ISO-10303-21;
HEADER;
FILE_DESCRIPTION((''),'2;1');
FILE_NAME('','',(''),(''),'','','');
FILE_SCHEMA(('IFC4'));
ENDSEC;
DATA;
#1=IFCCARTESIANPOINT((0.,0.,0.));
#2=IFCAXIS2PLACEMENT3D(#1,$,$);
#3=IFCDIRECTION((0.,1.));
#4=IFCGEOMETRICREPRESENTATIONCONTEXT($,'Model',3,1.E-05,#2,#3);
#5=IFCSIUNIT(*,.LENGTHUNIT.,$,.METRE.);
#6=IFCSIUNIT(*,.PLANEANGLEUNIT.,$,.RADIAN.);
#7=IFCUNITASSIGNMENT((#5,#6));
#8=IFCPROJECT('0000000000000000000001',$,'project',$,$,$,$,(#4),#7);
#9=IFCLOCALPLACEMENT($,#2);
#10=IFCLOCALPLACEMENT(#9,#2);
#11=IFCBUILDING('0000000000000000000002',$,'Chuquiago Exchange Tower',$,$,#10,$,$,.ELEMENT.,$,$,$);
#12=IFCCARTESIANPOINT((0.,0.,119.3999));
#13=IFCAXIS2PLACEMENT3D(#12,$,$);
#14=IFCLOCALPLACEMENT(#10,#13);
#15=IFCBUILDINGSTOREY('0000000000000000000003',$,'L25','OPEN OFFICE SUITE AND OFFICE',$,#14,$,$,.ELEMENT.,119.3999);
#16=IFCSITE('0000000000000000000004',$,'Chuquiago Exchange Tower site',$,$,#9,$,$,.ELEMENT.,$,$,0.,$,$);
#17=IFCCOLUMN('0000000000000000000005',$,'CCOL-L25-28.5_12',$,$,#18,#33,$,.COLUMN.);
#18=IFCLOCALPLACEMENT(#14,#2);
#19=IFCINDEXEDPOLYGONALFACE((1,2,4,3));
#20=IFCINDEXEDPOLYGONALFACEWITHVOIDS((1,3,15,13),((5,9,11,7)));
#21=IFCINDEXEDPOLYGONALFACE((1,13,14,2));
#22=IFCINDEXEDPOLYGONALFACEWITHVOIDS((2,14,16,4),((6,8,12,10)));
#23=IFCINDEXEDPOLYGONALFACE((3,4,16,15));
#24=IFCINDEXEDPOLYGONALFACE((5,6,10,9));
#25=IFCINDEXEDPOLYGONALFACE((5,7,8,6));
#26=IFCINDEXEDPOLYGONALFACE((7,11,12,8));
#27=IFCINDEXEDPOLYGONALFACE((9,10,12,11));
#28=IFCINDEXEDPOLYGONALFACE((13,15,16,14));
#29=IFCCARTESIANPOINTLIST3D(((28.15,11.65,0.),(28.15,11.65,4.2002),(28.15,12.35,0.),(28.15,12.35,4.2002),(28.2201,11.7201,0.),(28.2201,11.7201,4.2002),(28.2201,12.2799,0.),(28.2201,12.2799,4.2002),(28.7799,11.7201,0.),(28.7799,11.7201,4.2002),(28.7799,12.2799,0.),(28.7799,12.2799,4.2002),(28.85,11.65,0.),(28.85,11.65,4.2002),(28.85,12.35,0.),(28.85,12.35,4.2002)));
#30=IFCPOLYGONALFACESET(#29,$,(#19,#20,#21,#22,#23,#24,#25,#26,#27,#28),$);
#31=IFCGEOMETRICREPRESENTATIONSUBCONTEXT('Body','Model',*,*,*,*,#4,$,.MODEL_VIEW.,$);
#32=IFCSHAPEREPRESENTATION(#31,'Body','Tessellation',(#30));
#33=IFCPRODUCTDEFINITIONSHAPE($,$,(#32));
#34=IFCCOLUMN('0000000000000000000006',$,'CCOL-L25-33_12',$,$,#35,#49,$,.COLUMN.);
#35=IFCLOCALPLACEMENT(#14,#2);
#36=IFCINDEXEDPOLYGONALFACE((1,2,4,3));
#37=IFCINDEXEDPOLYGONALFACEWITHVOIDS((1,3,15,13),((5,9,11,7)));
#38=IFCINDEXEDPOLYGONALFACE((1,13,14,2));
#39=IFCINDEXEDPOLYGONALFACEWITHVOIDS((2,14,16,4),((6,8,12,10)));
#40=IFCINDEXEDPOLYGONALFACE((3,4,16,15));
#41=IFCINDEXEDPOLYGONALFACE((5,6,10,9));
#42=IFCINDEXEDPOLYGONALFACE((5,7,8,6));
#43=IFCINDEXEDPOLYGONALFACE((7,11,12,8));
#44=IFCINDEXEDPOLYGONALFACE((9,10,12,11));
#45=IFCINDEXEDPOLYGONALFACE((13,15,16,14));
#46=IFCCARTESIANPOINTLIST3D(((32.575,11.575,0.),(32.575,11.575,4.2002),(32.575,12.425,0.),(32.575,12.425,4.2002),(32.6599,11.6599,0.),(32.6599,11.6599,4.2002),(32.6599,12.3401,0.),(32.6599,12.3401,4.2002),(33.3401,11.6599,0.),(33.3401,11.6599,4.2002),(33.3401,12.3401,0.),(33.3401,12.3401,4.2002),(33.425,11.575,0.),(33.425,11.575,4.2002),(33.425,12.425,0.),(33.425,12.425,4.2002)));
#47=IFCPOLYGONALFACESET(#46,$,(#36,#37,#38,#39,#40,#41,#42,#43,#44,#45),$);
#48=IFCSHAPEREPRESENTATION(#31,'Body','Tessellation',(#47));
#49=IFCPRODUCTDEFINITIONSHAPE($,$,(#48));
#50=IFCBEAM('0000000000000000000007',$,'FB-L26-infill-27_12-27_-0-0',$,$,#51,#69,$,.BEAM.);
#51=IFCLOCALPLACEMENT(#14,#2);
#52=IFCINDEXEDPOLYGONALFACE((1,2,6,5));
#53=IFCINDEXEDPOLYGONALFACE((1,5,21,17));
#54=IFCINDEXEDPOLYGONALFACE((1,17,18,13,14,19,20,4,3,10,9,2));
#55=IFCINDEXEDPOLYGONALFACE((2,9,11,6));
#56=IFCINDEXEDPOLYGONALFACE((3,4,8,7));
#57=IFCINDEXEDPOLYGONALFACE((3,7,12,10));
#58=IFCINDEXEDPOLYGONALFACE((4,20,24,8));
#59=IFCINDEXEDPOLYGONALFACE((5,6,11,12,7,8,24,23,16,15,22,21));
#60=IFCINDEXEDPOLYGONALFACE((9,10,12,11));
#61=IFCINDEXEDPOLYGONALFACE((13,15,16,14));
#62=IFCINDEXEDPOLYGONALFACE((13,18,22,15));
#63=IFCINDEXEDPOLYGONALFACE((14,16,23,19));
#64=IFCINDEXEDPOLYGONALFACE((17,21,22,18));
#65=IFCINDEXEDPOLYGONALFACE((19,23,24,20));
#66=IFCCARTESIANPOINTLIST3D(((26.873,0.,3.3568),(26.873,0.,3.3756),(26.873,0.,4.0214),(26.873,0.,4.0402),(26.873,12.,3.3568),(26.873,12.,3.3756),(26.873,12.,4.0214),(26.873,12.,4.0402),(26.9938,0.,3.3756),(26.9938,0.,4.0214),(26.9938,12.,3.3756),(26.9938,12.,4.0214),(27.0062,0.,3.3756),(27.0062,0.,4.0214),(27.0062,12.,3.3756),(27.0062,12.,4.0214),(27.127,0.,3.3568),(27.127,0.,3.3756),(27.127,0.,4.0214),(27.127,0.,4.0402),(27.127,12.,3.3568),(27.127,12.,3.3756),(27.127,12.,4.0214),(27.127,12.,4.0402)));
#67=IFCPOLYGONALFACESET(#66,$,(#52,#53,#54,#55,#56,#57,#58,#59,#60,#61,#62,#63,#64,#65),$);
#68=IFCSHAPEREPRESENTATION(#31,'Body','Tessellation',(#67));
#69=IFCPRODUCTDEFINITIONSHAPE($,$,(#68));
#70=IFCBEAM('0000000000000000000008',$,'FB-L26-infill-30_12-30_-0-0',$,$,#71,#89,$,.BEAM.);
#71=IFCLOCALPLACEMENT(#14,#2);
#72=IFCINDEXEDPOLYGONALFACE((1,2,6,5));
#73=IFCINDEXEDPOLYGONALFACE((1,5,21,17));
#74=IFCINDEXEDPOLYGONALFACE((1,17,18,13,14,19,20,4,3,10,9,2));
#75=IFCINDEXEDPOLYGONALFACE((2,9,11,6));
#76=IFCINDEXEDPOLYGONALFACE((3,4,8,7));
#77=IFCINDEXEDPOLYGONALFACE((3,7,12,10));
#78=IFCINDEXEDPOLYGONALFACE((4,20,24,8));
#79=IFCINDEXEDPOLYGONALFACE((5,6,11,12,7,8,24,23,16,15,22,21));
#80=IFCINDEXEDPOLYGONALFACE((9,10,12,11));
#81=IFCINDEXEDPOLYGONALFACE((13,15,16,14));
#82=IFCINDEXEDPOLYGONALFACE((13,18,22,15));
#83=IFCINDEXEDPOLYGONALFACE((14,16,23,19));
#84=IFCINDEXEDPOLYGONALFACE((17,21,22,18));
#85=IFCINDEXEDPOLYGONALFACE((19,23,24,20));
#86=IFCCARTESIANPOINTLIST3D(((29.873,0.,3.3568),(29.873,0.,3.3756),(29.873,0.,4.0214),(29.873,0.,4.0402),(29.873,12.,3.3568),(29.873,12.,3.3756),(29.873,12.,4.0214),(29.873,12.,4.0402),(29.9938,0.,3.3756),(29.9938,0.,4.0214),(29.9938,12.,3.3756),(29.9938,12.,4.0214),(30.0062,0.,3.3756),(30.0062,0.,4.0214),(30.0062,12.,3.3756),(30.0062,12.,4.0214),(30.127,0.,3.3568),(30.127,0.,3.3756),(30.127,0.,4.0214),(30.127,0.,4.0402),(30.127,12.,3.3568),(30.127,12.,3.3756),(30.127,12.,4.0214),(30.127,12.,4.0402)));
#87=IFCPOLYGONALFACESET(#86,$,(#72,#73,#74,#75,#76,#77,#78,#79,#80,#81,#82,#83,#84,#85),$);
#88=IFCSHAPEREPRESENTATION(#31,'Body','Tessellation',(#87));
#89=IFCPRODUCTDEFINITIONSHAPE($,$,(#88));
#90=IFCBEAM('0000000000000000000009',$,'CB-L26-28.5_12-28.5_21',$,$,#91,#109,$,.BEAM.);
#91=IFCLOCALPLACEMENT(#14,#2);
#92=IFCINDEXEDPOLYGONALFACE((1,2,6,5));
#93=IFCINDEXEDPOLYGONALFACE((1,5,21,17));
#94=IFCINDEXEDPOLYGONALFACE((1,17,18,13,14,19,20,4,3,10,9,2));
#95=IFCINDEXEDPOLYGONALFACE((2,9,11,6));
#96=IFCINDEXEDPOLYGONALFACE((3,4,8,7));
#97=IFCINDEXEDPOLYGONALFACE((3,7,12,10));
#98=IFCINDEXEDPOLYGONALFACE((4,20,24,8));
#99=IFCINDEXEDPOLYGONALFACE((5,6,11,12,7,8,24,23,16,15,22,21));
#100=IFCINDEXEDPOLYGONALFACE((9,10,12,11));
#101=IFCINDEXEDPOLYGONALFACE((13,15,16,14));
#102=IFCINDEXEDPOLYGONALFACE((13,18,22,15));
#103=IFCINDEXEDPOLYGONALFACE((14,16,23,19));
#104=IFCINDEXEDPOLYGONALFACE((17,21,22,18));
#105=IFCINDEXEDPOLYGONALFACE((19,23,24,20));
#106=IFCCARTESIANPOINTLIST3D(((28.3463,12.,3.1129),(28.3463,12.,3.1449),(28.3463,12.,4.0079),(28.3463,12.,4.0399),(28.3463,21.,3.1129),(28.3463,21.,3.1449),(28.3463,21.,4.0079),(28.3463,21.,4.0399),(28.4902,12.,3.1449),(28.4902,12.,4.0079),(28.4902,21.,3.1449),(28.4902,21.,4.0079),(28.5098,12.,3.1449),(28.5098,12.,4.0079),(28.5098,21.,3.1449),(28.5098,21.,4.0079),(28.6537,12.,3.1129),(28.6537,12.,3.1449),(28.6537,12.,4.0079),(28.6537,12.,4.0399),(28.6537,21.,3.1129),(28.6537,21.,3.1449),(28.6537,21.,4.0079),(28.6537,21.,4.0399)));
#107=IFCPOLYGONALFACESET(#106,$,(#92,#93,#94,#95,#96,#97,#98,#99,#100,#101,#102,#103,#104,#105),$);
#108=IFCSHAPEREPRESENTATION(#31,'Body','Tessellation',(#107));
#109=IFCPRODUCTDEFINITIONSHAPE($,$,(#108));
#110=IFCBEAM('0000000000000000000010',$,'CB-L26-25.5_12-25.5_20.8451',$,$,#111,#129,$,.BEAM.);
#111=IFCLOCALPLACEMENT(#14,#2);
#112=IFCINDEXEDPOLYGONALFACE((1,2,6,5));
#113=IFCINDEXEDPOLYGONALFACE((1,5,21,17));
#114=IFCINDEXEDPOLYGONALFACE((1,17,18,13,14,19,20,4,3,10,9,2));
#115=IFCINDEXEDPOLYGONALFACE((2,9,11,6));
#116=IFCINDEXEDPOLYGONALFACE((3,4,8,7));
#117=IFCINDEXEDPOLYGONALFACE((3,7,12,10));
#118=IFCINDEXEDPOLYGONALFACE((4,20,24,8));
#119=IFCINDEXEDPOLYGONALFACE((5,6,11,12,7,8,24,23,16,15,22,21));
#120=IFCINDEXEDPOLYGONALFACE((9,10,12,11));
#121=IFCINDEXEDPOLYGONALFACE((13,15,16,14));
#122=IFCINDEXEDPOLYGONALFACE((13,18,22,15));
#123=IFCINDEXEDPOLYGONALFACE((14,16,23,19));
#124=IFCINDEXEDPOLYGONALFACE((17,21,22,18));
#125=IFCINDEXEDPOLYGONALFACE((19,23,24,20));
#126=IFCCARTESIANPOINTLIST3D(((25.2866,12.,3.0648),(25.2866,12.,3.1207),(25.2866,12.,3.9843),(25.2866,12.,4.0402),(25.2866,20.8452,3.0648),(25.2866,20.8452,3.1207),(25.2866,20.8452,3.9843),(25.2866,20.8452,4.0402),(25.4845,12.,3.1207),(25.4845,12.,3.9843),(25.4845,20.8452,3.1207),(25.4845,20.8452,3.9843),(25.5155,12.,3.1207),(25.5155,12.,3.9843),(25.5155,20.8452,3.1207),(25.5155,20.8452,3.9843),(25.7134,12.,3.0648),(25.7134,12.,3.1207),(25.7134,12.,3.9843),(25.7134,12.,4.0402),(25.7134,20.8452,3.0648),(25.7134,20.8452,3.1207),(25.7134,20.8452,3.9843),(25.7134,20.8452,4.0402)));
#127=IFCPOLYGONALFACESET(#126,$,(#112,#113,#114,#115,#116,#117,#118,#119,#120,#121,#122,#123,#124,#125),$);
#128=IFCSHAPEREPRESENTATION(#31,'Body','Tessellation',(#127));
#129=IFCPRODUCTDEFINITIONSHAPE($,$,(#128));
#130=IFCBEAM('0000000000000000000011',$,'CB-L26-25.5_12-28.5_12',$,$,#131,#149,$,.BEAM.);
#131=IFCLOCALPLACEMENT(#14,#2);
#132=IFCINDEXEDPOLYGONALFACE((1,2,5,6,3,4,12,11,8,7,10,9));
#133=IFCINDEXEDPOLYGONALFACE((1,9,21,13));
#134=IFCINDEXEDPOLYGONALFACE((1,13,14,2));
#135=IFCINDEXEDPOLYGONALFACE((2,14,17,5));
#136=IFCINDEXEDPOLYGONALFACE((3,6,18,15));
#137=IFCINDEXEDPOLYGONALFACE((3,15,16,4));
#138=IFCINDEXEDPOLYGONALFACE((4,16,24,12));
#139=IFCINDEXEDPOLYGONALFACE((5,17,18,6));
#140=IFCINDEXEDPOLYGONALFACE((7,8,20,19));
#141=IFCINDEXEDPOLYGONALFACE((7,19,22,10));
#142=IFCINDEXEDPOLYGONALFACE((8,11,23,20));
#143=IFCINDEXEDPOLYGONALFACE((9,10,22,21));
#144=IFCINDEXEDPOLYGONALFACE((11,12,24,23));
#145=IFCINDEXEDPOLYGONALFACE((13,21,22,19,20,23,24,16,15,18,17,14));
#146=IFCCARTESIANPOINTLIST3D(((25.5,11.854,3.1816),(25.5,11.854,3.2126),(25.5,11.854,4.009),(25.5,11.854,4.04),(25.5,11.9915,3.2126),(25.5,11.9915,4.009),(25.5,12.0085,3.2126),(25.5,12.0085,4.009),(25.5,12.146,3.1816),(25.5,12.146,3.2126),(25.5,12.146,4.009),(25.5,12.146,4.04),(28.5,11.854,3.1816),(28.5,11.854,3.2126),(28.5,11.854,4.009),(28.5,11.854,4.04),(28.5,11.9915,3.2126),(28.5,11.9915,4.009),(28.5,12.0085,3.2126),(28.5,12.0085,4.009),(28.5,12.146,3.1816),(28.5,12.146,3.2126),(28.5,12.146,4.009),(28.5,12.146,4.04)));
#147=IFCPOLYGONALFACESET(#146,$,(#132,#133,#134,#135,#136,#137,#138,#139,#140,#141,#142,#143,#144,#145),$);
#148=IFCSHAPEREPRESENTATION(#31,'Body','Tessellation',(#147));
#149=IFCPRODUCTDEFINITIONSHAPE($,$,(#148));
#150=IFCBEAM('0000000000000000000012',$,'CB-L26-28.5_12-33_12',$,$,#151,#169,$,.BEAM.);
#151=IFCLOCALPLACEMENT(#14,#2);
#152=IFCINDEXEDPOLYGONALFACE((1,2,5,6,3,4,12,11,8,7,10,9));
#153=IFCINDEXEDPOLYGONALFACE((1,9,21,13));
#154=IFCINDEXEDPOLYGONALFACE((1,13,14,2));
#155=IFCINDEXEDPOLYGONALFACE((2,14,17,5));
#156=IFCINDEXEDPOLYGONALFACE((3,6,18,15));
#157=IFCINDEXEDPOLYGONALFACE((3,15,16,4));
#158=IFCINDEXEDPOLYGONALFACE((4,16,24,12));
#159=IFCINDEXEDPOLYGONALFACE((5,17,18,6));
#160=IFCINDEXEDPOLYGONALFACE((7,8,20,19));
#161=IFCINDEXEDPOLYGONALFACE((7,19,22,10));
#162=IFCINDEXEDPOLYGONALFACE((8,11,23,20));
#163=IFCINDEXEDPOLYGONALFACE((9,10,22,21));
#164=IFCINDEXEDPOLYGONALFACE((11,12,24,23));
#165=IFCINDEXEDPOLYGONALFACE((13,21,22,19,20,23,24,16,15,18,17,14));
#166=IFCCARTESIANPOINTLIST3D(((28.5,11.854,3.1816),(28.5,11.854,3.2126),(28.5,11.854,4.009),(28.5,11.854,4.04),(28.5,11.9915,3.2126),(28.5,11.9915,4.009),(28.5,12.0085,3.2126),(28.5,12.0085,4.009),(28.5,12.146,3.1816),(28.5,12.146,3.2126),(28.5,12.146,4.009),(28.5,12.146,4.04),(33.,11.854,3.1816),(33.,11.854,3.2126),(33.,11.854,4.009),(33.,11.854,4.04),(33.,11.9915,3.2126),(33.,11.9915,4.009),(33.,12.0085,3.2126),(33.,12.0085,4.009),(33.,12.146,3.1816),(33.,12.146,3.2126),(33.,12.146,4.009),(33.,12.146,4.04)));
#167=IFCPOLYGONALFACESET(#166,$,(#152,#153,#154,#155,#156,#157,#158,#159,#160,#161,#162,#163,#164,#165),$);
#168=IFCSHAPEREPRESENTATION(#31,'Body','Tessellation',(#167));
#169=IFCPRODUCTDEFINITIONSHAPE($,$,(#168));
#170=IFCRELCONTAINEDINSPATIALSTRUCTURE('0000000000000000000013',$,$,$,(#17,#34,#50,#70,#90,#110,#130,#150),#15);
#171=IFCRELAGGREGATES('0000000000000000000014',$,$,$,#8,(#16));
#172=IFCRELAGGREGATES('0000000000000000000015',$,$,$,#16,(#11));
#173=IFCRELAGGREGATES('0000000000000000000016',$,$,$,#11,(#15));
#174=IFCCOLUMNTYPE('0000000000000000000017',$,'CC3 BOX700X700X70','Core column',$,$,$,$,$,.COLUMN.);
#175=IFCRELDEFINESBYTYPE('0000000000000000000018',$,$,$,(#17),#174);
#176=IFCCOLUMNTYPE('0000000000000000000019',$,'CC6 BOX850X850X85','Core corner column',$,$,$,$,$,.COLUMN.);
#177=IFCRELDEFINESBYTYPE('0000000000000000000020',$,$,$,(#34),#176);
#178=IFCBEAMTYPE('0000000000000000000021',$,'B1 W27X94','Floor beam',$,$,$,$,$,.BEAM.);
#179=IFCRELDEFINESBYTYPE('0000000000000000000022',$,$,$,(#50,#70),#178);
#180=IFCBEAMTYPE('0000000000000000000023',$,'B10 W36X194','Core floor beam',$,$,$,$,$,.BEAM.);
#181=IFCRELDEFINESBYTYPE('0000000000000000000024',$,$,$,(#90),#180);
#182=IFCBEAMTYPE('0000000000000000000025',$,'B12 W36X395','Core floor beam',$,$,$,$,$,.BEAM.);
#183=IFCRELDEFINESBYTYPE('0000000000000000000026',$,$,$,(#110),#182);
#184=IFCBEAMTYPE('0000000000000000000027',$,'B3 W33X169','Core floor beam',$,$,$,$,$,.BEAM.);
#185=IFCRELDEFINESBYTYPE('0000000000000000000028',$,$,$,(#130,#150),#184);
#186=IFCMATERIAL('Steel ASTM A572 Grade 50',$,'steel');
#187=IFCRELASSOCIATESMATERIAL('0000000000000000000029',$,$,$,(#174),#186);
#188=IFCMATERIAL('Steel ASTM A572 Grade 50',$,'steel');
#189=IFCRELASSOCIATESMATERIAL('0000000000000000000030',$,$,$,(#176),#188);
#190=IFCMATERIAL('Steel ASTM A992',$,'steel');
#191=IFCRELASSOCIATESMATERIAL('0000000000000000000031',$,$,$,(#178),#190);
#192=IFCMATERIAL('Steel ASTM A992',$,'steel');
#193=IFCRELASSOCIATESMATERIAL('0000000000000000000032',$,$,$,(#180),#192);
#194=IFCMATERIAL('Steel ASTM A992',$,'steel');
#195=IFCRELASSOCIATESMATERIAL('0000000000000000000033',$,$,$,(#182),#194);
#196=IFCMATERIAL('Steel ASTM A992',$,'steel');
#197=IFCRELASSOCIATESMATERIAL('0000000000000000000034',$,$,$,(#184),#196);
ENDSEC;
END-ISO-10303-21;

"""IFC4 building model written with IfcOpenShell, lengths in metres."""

from ifc_helpers import new_model, si_unit, direction, frame, origin, origin_2d, place, context, subcontext, project, spatial, hollow_rectangle, i_section, extrude, material, material_profile, profile_set, type_object, element, save


model = new_model("IFC4")

# Units and contexts
model_context = context("Model", 3, precision=1e-05, world=origin(), true_north=direction((0.0, 1.0)))
body_context = subcontext(model_context, "Body", "Model", "MODEL_VIEW")
ifc_project = project(units=[si_unit("LENGTHUNIT", "METRE"), si_unit("PLANEANGLEUNIT", "RADIAN")], contexts=[model_context])

# Site, building, storey
site_placement = place(None, origin())
site = spatial("IfcSite", under=ifc_project, at=site_placement, Name="Chuquiago Exchange Tower site", CompositionType="ELEMENT", RefElevation=0.0)
building_placement = place(site_placement, origin())
building = spatial("IfcBuilding", under=site, at=building_placement, Name="Chuquiago Exchange Tower", CompositionType="ELEMENT")
storey_placement = place(building_placement, frame((0.0, 0.0, 119.3999)))
storey = spatial("IfcBuildingStorey", under=building, at=storey_placement, Name="L25", Description="OPEN OFFICE SUITE AND OFFICE", CompositionType="ELEMENT", Elevation=119.3999)

# Columns
ifc_material_1 = material(Name="Steel ASTM A572 Grade 50", Category="steel")
ifc_material_profile_1 = material_profile(ifc_material_1, hollow_rectangle(XDim=0.7, YDim=0.7, WallThickness=0.0701, at=origin_2d()), Name="BOX700X700X70")
ifc_profile_set_1 = profile_set([ifc_material_profile_1], Name="Steel ASTM A572 Grade 50")
column_type_1 = type_object("IfcColumnType", Name="CC3 BOX700X700X70", Description="Core column", PredefinedType="COLUMN", material=ifc_profile_set_1)
column_1_placement = place(storey_placement, frame((28.5, 12.0, 0.0), z_axis=(0.0, 0.0, 1.0), x_axis=(1.0, 0.0, 0.0)))
element("IfcColumn", 1, at=column_1_placement, inside=storey, type_object=column_type_1, Name="CCOL-L25-28.5_12", PredefinedType="COLUMN", context=body_context, shape_type="SweptSolid", body=[
    extrude(hollow_rectangle(XDim=0.7, YDim=0.7, WallThickness=0.0701, at=origin_2d()), origin(), (0.0, 0.0, 1.0), 4.2002),
])
ifc_material_2 = material(Name="Steel ASTM A572 Grade 50", Category="steel")
ifc_material_profile_2 = material_profile(ifc_material_2, hollow_rectangle(XDim=0.8501, YDim=0.8501, WallThickness=0.085, at=origin_2d()), Name="BOX850X850X85")
ifc_profile_set_2 = profile_set([ifc_material_profile_2], Name="Steel ASTM A572 Grade 50")
column_type_2 = type_object("IfcColumnType", Name="CC6 BOX850X850X85", Description="Core corner column", PredefinedType="COLUMN", material=ifc_profile_set_2)
column_2_placement = place(storey_placement, frame((33.0, 12.0, 0.0), z_axis=(0.0, 0.0, 1.0), x_axis=(1.0, 0.0, 0.0)))
element("IfcColumn", 2, at=column_2_placement, inside=storey, type_object=column_type_2, Name="CCOL-L25-33_12", PredefinedType="COLUMN", context=body_context, shape_type="SweptSolid", body=[
    extrude(hollow_rectangle(XDim=0.8501, YDim=0.8501, WallThickness=0.085, at=origin_2d()), origin(), (0.0, 0.0, 1.0), 4.2002),
])

# Beams
ifc_material_3 = material(Name="Steel ASTM A992", Category="steel")
ifc_material_profile_3 = material_profile(ifc_material_3, i_section(OverallWidth=0.2539, OverallDepth=0.6833, WebThickness=0.0125, FlangeThickness=0.0188, at=origin_2d()), Name="W27X94")
ifc_profile_set_3 = profile_set([ifc_material_profile_3], Name="Steel ASTM A992")
beam_type_1 = type_object("IfcBeamType", Name="B1 W27X94", Description="Floor beam", PredefinedType="BEAM", material=ifc_profile_set_3)
for number, where, z_axis, x_axis, name in (
    (3, (27.0, 12.0, 3.6985), (0.0, -1.0, 0.0), (1.0, 0.0, 0.0), "FB-L26-infill-27_12-27_-0-0"),
    (4, (30.0, 12.0, 3.6985), (0.0, -1.0, 0.0), (1.0, 0.0, 0.0), "FB-L26-infill-30_12-30_-0-0"),
):
    element("IfcBeam", number, at=place(storey_placement, frame(where, z_axis=z_axis, x_axis=x_axis)), inside=storey, type_object=beam_type_1, Name=name, PredefinedType="BEAM", context=body_context, shape_type="SweptSolid", body=[
        extrude(i_section(OverallWidth=0.2539, OverallDepth=0.6833, WebThickness=0.0125, FlangeThickness=0.0188, at=origin_2d()), origin(), (0.0, 0.0, 1.0), 12.0),
    ])
ifc_material_4 = material(Name="Steel ASTM A992", Category="steel")
ifc_material_profile_4 = material_profile(ifc_material_4, i_section(OverallWidth=0.3074, OverallDepth=0.927, WebThickness=0.0195, FlangeThickness=0.032, at=origin_2d()), Name="W36X194")
ifc_profile_set_4 = profile_set([ifc_material_profile_4], Name="Steel ASTM A992")
beam_type_2 = type_object("IfcBeamType", Name="B10 W36X194", Description="Core floor beam", PredefinedType="BEAM", material=ifc_profile_set_4)
beam_1_placement = place(storey_placement, frame((28.5, 12.0, 3.5764), z_axis=(0.0, 1.0, 0.0), x_axis=(-1.0, 0.0, 0.0)))
element("IfcBeam", 5, at=beam_1_placement, inside=storey, type_object=beam_type_2, Name="CB-L26-28.5_12-28.5_21", PredefinedType="BEAM", context=body_context, shape_type="SweptSolid", body=[
    extrude(i_section(OverallWidth=0.3074, OverallDepth=0.927, WebThickness=0.0195, FlangeThickness=0.032, at=origin_2d()), origin(), (0.0, 0.0, 1.0), 9.0),
])
ifc_material_5 = material(Name="Steel ASTM A992", Category="steel")
ifc_material_profile_5 = material_profile(ifc_material_5, i_section(OverallWidth=0.4268, OverallDepth=0.9753, WebThickness=0.031, FlangeThickness=0.0559, at=origin_2d()), Name="W36X395")
ifc_profile_set_5 = profile_set([ifc_material_profile_5], Name="Steel ASTM A992")
beam_type_3 = type_object("IfcBeamType", Name="B12 W36X395", Description="Core floor beam", PredefinedType="BEAM", material=ifc_profile_set_5)
beam_2_placement = place(storey_placement, frame((25.5, 12.0, 3.5525), z_axis=(0.0, 1.0, 0.0), x_axis=(-1.0, 0.0, 0.0)))
element("IfcBeam", 6, at=beam_2_placement, inside=storey, type_object=beam_type_3, Name="CB-L26-25.5_12-25.5_20.8451", PredefinedType="BEAM", context=body_context, shape_type="SweptSolid", body=[
    extrude(i_section(OverallWidth=0.4268, OverallDepth=0.9753, WebThickness=0.031, FlangeThickness=0.0559, at=origin_2d()), origin(), (0.0, 0.0, 1.0), 8.8452),
])
ifc_material_6 = material(Name="Steel ASTM A992", Category="steel")
ifc_material_profile_6 = material_profile(ifc_material_6, i_section(OverallWidth=0.292, OverallDepth=0.8584, WebThickness=0.0171, FlangeThickness=0.031, at=origin_2d()), Name="W33X169")
ifc_profile_set_6 = profile_set([ifc_material_profile_6], Name="Steel ASTM A992")
beam_type_4 = type_object("IfcBeamType", Name="B3 W33X169", Description="Core floor beam", PredefinedType="BEAM", material=ifc_profile_set_6)
beam_3_placement = place(storey_placement, frame((25.5, 12.0, 3.6108), z_axis=(1.0, 0.0, 0.0), x_axis=(0.0, 1.0, 0.0)))
element("IfcBeam", 7, at=beam_3_placement, inside=storey, type_object=beam_type_4, Name="CB-L26-25.5_12-28.5_12", PredefinedType="BEAM", context=body_context, shape_type="SweptSolid", body=[
    extrude(i_section(OverallWidth=0.292, OverallDepth=0.8584, WebThickness=0.0171, FlangeThickness=0.031, at=origin_2d()), origin(), (0.0, 0.0, 1.0), 3.0),
])
beam_4_placement = place(storey_placement, frame((28.5, 12.0, 3.6108), z_axis=(1.0, 0.0, 0.0), x_axis=(0.0, 1.0, 0.0)))
element("IfcBeam", 8, at=beam_4_placement, inside=storey, type_object=beam_type_4, Name="CB-L26-28.5_12-33_12", PredefinedType="BEAM", context=body_context, shape_type="SweptSolid", body=[
    extrude(i_section(OverallWidth=0.292, OverallDepth=0.8584, WebThickness=0.0171, FlangeThickness=0.031, at=origin_2d()), origin(), (0.0, 0.0, 1.0), 4.5),
])

save(model, "model.ifc")
